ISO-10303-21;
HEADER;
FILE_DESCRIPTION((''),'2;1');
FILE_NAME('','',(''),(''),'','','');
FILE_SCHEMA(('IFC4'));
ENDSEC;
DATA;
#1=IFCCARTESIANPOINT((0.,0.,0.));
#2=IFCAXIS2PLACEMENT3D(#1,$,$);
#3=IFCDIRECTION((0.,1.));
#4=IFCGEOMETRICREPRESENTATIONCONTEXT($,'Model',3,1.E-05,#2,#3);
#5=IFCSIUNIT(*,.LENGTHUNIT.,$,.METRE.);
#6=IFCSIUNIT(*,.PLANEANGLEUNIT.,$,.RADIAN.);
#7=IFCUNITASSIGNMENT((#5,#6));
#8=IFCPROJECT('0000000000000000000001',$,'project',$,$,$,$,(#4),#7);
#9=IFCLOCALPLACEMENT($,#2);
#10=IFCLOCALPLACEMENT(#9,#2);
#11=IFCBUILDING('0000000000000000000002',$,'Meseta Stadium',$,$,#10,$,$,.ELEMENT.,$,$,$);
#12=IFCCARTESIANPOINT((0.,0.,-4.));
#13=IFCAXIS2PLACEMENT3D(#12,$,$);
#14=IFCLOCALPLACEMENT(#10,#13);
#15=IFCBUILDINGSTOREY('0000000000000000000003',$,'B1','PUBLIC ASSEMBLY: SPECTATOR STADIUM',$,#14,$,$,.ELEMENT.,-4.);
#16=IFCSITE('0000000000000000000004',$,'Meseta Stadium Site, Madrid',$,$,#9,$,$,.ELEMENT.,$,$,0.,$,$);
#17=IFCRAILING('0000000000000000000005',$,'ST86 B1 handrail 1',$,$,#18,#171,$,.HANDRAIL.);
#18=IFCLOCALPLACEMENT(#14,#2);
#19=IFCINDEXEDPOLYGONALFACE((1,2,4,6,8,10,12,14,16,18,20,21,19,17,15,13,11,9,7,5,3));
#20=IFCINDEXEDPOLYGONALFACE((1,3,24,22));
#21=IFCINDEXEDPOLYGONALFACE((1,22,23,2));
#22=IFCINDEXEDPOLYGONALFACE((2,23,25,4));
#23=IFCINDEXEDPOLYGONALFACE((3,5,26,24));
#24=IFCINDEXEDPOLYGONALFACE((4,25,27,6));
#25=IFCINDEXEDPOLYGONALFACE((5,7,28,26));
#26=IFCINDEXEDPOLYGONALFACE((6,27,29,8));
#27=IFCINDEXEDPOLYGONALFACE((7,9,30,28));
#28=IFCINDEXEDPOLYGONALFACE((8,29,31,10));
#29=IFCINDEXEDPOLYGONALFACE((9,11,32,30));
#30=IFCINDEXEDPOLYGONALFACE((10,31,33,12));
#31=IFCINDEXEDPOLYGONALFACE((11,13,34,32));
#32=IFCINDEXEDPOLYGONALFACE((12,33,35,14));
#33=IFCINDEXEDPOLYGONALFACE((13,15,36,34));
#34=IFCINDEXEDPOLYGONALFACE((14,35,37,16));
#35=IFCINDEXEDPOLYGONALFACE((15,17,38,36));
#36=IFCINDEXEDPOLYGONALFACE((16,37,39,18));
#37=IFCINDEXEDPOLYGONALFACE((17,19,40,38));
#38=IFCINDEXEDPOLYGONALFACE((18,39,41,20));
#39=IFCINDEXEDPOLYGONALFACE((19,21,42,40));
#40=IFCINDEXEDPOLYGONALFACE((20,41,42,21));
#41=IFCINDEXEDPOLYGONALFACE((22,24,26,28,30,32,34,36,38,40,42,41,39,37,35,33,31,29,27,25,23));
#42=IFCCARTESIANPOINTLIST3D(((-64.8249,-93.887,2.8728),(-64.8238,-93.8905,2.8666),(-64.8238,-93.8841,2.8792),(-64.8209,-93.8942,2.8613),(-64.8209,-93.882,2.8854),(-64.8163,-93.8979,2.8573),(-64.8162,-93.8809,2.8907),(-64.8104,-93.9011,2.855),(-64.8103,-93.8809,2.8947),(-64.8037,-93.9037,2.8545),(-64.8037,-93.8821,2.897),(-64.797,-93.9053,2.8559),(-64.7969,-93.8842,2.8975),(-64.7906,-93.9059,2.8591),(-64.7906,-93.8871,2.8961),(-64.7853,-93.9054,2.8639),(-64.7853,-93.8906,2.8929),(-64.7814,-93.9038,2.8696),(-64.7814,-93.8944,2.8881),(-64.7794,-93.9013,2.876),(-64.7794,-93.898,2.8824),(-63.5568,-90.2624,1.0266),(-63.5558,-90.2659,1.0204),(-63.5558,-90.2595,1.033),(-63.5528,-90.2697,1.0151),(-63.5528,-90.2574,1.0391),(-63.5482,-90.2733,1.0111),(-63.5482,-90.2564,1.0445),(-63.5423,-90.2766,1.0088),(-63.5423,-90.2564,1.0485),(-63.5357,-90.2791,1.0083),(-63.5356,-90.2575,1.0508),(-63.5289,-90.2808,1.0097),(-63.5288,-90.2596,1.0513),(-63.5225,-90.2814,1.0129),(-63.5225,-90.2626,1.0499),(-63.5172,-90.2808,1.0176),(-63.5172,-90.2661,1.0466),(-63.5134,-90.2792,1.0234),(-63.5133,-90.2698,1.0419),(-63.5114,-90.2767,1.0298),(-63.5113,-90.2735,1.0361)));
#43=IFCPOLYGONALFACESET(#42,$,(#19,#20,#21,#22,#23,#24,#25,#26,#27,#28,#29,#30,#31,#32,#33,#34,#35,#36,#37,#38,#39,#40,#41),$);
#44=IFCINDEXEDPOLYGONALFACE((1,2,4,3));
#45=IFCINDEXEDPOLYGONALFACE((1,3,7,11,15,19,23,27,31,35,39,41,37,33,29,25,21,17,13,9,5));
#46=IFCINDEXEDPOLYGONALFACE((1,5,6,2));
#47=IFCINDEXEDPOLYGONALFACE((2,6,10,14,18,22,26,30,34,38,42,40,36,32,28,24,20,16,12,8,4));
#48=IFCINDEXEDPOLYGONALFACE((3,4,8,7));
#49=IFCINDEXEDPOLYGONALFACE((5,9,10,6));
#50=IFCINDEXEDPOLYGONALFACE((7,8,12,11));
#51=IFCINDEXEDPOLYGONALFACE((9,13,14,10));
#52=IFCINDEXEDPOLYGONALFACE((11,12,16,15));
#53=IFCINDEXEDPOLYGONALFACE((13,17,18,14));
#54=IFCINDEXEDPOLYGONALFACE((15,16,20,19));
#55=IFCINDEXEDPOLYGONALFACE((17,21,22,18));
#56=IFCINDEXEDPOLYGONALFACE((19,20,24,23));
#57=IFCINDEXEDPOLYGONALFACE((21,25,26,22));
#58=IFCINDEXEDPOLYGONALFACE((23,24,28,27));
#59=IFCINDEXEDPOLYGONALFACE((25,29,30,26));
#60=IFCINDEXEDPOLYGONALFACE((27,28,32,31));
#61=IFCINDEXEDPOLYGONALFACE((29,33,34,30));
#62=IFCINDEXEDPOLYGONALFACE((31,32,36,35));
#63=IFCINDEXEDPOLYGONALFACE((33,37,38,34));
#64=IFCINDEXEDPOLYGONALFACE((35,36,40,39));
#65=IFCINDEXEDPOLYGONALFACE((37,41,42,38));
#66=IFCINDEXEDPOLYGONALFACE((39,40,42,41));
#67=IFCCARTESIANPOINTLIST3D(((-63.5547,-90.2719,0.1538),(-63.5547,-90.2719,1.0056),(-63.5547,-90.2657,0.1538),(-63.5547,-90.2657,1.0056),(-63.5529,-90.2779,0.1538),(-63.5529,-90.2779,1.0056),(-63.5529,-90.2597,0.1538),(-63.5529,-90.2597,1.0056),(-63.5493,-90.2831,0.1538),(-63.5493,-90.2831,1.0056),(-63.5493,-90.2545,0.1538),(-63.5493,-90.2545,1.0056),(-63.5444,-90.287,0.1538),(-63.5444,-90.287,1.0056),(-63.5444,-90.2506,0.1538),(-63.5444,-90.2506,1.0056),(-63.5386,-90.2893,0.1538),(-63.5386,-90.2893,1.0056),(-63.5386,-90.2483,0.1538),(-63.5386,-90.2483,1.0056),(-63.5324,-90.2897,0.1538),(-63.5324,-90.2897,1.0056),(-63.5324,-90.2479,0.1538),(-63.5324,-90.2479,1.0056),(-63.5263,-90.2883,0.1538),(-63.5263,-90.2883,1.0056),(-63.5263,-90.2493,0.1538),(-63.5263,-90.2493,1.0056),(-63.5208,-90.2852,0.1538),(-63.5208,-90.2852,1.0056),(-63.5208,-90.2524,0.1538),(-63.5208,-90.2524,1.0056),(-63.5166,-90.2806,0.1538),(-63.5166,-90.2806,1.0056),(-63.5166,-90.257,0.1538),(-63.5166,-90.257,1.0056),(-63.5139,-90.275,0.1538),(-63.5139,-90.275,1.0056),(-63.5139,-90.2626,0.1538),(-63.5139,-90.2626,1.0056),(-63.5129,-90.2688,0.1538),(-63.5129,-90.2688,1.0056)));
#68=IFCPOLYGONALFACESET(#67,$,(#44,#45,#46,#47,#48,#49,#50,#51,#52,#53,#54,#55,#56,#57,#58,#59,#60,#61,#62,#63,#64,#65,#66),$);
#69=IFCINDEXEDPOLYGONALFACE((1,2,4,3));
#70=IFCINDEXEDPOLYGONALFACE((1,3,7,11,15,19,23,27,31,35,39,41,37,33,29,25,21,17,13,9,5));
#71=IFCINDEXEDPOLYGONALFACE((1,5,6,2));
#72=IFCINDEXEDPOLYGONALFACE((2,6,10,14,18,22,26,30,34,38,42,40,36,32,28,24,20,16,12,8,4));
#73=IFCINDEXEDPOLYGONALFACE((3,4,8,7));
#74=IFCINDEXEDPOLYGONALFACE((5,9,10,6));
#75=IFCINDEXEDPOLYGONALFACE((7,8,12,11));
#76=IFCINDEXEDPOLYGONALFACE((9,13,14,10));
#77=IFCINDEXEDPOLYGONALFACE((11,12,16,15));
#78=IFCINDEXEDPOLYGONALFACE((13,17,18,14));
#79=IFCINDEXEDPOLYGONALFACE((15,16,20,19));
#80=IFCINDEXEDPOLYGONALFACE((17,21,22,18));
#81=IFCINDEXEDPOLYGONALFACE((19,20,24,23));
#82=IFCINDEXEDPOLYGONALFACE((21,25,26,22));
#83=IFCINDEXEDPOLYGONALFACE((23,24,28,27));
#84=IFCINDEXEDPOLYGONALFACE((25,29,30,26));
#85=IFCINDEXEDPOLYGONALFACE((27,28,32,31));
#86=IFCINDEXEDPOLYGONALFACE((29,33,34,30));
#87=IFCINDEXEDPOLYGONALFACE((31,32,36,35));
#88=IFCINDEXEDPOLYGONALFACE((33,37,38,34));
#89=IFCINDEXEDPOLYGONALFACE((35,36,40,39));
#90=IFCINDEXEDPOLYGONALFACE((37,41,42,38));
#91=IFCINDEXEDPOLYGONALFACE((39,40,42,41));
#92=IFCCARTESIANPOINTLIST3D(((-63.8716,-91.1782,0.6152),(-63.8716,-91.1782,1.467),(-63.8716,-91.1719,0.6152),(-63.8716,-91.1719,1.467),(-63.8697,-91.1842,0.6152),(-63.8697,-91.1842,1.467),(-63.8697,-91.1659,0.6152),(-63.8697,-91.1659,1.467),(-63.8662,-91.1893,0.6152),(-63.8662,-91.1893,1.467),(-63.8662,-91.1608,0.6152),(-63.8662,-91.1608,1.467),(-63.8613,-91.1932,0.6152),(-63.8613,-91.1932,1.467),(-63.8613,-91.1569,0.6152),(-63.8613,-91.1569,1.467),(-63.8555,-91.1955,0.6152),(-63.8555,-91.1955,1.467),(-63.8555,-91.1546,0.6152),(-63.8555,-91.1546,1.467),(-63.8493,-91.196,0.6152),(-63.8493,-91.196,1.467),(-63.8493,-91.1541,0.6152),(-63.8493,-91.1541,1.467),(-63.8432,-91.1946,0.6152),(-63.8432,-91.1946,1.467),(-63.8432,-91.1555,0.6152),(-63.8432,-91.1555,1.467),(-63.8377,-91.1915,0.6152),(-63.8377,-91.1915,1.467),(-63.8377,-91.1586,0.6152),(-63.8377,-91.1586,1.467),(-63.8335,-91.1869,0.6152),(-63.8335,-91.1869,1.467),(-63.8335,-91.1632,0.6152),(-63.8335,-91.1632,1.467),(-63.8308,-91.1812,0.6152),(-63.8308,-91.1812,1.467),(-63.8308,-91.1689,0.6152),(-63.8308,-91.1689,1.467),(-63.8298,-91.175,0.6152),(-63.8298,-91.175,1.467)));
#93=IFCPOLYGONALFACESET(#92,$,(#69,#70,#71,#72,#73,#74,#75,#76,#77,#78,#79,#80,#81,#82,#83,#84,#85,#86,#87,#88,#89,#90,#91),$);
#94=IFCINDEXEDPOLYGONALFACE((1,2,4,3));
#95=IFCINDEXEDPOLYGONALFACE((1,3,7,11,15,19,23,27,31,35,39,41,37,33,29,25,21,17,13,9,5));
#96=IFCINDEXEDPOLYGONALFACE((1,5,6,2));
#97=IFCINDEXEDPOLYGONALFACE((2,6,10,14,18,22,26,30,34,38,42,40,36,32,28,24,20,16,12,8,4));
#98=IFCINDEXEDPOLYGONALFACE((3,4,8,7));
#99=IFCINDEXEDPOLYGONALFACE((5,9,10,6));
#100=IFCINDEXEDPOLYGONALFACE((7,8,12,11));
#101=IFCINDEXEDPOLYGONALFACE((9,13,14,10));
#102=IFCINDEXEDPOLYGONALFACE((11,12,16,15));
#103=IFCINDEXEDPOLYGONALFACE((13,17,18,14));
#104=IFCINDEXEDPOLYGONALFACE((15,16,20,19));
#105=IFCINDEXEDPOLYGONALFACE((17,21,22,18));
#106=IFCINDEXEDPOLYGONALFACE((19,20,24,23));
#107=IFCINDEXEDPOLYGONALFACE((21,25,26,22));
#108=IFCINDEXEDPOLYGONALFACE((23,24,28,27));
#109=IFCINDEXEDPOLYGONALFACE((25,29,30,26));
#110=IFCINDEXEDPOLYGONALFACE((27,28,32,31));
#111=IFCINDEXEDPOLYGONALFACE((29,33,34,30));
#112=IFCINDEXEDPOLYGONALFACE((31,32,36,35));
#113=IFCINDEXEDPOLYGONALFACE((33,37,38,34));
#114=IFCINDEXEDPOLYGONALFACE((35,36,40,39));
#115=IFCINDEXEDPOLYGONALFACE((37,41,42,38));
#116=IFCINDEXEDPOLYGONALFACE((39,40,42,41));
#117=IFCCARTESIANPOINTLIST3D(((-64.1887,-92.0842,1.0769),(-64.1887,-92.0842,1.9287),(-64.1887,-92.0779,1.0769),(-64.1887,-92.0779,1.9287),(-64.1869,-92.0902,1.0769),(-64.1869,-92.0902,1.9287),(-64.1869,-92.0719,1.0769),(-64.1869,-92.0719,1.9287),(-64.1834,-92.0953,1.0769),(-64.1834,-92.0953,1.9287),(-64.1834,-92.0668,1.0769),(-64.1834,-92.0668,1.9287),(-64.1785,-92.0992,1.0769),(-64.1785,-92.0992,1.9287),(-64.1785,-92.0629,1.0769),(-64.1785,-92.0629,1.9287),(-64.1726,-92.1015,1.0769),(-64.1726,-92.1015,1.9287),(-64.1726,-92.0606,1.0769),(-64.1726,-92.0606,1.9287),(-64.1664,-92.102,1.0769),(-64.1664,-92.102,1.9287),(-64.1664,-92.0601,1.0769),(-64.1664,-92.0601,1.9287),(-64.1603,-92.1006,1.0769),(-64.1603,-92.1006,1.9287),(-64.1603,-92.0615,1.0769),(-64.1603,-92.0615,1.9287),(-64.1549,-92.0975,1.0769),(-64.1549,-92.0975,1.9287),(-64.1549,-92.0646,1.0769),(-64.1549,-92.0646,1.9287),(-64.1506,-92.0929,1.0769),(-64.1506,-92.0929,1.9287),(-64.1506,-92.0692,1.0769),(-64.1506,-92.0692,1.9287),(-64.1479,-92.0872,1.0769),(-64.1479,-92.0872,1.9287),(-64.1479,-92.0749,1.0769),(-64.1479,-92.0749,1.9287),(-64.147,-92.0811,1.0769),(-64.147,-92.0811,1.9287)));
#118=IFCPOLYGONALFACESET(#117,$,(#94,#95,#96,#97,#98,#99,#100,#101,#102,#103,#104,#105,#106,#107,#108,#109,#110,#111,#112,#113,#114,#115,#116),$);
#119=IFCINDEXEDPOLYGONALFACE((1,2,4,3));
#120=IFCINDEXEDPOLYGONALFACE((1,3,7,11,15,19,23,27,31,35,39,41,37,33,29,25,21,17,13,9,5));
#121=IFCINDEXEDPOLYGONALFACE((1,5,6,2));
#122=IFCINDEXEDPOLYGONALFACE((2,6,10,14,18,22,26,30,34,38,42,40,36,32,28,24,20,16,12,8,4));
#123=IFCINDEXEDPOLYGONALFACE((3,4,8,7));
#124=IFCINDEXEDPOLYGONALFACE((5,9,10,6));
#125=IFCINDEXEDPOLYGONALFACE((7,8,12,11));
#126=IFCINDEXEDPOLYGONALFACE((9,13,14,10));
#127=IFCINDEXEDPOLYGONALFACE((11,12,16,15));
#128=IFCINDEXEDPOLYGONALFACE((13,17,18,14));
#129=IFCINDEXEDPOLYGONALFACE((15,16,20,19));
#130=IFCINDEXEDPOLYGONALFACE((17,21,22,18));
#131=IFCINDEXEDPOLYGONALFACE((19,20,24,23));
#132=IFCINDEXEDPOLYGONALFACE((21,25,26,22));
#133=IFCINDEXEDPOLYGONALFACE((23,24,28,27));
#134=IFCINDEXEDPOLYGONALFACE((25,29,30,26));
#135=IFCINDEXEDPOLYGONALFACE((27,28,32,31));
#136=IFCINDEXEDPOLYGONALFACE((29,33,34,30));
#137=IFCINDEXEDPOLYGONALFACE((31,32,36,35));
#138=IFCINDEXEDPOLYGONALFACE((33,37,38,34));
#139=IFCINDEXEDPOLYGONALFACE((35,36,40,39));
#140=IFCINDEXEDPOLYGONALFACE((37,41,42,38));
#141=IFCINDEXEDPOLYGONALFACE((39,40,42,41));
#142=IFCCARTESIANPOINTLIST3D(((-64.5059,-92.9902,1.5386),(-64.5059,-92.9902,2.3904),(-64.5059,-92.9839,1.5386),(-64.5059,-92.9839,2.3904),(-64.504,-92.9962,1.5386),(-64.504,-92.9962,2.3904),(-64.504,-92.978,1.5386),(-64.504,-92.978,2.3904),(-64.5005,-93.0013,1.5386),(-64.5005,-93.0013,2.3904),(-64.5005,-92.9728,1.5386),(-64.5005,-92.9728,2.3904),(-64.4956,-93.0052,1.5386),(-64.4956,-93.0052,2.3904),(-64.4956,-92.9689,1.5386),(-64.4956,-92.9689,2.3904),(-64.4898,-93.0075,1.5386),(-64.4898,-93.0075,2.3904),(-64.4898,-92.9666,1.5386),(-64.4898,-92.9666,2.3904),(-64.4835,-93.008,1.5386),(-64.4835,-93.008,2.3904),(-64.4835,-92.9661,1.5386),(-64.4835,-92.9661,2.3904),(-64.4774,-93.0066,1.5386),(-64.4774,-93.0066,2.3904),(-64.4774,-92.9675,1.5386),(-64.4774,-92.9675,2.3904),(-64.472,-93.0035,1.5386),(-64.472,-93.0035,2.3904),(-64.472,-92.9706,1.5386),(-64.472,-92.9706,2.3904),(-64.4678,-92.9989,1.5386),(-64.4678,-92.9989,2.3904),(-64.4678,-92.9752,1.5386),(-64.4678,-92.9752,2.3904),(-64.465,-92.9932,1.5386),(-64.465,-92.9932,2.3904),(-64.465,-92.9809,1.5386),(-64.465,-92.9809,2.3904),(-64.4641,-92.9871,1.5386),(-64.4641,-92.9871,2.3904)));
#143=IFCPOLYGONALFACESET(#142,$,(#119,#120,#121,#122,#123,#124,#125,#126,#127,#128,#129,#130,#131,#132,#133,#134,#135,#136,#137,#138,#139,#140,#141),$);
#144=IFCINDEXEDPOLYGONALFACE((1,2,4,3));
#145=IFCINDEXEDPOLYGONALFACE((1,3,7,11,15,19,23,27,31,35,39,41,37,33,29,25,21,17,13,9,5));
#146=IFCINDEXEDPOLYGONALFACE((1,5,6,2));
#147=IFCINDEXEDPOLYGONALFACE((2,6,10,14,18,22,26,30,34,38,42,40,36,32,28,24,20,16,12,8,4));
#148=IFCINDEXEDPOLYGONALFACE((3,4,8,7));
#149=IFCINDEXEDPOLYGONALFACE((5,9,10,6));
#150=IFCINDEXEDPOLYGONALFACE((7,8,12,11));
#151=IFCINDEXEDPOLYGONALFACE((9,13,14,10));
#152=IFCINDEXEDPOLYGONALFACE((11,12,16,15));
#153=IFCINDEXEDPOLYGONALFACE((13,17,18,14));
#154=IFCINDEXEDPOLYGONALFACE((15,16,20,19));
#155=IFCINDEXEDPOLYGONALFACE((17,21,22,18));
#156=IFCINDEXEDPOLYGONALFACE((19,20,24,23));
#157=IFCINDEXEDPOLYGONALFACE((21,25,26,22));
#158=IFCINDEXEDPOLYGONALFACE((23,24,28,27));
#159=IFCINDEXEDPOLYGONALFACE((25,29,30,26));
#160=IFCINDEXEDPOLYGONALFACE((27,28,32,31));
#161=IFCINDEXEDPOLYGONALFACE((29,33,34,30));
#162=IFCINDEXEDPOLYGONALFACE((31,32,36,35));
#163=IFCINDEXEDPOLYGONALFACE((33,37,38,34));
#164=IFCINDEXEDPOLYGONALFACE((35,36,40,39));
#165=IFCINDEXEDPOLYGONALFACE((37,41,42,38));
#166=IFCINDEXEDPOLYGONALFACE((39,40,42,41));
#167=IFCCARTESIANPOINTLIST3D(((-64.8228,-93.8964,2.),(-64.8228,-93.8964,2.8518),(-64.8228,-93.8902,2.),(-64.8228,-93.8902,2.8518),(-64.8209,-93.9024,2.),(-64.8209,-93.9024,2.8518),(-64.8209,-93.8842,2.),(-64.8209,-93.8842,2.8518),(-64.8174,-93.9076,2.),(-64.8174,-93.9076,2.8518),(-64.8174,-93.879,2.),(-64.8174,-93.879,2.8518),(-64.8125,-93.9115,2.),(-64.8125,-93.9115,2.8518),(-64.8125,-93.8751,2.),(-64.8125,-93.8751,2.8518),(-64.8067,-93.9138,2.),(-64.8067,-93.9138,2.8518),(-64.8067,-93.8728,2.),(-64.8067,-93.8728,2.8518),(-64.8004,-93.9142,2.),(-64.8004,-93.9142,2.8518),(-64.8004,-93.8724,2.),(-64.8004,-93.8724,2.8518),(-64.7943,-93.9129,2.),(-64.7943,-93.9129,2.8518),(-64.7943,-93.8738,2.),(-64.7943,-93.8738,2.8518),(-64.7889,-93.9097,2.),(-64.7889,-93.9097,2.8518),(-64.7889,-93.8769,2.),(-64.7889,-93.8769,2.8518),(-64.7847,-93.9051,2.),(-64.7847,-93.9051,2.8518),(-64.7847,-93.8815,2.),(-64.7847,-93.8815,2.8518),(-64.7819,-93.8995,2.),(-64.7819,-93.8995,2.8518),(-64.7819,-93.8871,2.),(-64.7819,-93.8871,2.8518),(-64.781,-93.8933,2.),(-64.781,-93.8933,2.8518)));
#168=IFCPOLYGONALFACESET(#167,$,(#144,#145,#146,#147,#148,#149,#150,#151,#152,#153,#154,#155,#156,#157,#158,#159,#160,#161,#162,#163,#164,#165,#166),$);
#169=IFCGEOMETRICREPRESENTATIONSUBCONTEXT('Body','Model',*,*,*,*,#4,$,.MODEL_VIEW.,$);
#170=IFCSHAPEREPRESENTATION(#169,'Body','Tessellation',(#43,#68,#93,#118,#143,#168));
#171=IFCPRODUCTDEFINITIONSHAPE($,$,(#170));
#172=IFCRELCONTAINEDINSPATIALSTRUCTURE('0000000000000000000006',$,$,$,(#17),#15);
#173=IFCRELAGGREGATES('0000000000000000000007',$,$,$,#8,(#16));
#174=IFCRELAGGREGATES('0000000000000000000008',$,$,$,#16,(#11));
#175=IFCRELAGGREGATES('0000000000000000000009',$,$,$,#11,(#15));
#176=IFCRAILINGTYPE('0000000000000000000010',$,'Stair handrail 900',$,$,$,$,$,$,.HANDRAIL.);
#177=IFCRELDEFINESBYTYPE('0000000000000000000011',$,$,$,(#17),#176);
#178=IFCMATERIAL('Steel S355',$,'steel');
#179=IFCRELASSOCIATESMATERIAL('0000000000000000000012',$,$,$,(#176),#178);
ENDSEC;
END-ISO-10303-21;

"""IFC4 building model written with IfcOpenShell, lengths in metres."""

from ifc_helpers import new_model, si_unit, direction, frame, origin, origin_2d, place, context, subcontext, project, spatial, circle, extrude, material, type_object, element, save


model = new_model("IFC4")

# Units and contexts
model_context = context("Model", 3, precision=1e-05, world=origin(), true_north=direction((0.0, 1.0)))
body_context = subcontext(model_context, "Body", "Model", "MODEL_VIEW")
ifc_project = project(units=[si_unit("LENGTHUNIT", "METRE"), si_unit("PLANEANGLEUNIT", "RADIAN")], contexts=[model_context])

# Site, building, storey
site_placement = place(None, origin())
site = spatial("IfcSite", under=ifc_project, at=site_placement, Name="Meseta Stadium Site, Madrid", CompositionType="ELEMENT", RefElevation=0.0)
building_placement = place(site_placement, origin())
building = spatial("IfcBuilding", under=site, at=building_placement, Name="Meseta Stadium", CompositionType="ELEMENT")
storey_placement = place(building_placement, frame((0.0, 0.0, -4.0)))
storey = spatial("IfcBuildingStorey", under=building, at=storey_placement, Name="B1", Description="PUBLIC ASSEMBLY: SPECTATOR STADIUM", CompositionType="ELEMENT", Elevation=-4.0)

# Railing
ifc_material_1 = material(Name="Steel S355", Category="steel")
railing_type_1 = type_object("IfcRailingType", Name="Stair handrail 900", PredefinedType="HANDRAIL", material=ifc_material_1)
railing_1_placement = place(storey_placement, frame((-63.5339, -90.2688, 0.1538)))
element("IfcRailing", 1, at=railing_1_placement, inside=storey, type_object=railing_type_1, Name="ST86 B1 handrail 1", PredefinedType="HANDRAIL", context=body_context, shape_type="SweptSolid", body=[
    extrude(circle(Radius=0.0239, at=origin_2d()), frame((0.0, 0.0, 0.876), z_axis=(-0.29762, -0.850686, 0.433308), x_axis=(0.9439, -0.330231, 0.0)), (0.0, 0.0, 1.0), 4.2607),
    extrude(circle(Radius=0.021, at=origin_2d()), origin(), (0.0, 0.0, 1.0), 0.8518),
    extrude(circle(Radius=0.021, at=origin_2d()), frame((-0.3169, -0.9062, 0.4614)), (0.0, 0.0, 1.0), 0.8518),
    extrude(circle(Radius=0.021, at=origin_2d()), frame((-0.634, -1.8123, 0.9231)), (0.0, 0.0, 1.0), 0.8518),
    extrude(circle(Radius=0.021, at=origin_2d()), frame((-0.9512, -2.7183, 1.3848)), (0.0, 0.0, 1.0), 0.8518),
    extrude(circle(Radius=0.021, at=origin_2d()), frame((-1.2681, -3.6245, 1.8462)), (0.0, 0.0, 1.0), 0.8518),
])

save(model, "model.ifc")
